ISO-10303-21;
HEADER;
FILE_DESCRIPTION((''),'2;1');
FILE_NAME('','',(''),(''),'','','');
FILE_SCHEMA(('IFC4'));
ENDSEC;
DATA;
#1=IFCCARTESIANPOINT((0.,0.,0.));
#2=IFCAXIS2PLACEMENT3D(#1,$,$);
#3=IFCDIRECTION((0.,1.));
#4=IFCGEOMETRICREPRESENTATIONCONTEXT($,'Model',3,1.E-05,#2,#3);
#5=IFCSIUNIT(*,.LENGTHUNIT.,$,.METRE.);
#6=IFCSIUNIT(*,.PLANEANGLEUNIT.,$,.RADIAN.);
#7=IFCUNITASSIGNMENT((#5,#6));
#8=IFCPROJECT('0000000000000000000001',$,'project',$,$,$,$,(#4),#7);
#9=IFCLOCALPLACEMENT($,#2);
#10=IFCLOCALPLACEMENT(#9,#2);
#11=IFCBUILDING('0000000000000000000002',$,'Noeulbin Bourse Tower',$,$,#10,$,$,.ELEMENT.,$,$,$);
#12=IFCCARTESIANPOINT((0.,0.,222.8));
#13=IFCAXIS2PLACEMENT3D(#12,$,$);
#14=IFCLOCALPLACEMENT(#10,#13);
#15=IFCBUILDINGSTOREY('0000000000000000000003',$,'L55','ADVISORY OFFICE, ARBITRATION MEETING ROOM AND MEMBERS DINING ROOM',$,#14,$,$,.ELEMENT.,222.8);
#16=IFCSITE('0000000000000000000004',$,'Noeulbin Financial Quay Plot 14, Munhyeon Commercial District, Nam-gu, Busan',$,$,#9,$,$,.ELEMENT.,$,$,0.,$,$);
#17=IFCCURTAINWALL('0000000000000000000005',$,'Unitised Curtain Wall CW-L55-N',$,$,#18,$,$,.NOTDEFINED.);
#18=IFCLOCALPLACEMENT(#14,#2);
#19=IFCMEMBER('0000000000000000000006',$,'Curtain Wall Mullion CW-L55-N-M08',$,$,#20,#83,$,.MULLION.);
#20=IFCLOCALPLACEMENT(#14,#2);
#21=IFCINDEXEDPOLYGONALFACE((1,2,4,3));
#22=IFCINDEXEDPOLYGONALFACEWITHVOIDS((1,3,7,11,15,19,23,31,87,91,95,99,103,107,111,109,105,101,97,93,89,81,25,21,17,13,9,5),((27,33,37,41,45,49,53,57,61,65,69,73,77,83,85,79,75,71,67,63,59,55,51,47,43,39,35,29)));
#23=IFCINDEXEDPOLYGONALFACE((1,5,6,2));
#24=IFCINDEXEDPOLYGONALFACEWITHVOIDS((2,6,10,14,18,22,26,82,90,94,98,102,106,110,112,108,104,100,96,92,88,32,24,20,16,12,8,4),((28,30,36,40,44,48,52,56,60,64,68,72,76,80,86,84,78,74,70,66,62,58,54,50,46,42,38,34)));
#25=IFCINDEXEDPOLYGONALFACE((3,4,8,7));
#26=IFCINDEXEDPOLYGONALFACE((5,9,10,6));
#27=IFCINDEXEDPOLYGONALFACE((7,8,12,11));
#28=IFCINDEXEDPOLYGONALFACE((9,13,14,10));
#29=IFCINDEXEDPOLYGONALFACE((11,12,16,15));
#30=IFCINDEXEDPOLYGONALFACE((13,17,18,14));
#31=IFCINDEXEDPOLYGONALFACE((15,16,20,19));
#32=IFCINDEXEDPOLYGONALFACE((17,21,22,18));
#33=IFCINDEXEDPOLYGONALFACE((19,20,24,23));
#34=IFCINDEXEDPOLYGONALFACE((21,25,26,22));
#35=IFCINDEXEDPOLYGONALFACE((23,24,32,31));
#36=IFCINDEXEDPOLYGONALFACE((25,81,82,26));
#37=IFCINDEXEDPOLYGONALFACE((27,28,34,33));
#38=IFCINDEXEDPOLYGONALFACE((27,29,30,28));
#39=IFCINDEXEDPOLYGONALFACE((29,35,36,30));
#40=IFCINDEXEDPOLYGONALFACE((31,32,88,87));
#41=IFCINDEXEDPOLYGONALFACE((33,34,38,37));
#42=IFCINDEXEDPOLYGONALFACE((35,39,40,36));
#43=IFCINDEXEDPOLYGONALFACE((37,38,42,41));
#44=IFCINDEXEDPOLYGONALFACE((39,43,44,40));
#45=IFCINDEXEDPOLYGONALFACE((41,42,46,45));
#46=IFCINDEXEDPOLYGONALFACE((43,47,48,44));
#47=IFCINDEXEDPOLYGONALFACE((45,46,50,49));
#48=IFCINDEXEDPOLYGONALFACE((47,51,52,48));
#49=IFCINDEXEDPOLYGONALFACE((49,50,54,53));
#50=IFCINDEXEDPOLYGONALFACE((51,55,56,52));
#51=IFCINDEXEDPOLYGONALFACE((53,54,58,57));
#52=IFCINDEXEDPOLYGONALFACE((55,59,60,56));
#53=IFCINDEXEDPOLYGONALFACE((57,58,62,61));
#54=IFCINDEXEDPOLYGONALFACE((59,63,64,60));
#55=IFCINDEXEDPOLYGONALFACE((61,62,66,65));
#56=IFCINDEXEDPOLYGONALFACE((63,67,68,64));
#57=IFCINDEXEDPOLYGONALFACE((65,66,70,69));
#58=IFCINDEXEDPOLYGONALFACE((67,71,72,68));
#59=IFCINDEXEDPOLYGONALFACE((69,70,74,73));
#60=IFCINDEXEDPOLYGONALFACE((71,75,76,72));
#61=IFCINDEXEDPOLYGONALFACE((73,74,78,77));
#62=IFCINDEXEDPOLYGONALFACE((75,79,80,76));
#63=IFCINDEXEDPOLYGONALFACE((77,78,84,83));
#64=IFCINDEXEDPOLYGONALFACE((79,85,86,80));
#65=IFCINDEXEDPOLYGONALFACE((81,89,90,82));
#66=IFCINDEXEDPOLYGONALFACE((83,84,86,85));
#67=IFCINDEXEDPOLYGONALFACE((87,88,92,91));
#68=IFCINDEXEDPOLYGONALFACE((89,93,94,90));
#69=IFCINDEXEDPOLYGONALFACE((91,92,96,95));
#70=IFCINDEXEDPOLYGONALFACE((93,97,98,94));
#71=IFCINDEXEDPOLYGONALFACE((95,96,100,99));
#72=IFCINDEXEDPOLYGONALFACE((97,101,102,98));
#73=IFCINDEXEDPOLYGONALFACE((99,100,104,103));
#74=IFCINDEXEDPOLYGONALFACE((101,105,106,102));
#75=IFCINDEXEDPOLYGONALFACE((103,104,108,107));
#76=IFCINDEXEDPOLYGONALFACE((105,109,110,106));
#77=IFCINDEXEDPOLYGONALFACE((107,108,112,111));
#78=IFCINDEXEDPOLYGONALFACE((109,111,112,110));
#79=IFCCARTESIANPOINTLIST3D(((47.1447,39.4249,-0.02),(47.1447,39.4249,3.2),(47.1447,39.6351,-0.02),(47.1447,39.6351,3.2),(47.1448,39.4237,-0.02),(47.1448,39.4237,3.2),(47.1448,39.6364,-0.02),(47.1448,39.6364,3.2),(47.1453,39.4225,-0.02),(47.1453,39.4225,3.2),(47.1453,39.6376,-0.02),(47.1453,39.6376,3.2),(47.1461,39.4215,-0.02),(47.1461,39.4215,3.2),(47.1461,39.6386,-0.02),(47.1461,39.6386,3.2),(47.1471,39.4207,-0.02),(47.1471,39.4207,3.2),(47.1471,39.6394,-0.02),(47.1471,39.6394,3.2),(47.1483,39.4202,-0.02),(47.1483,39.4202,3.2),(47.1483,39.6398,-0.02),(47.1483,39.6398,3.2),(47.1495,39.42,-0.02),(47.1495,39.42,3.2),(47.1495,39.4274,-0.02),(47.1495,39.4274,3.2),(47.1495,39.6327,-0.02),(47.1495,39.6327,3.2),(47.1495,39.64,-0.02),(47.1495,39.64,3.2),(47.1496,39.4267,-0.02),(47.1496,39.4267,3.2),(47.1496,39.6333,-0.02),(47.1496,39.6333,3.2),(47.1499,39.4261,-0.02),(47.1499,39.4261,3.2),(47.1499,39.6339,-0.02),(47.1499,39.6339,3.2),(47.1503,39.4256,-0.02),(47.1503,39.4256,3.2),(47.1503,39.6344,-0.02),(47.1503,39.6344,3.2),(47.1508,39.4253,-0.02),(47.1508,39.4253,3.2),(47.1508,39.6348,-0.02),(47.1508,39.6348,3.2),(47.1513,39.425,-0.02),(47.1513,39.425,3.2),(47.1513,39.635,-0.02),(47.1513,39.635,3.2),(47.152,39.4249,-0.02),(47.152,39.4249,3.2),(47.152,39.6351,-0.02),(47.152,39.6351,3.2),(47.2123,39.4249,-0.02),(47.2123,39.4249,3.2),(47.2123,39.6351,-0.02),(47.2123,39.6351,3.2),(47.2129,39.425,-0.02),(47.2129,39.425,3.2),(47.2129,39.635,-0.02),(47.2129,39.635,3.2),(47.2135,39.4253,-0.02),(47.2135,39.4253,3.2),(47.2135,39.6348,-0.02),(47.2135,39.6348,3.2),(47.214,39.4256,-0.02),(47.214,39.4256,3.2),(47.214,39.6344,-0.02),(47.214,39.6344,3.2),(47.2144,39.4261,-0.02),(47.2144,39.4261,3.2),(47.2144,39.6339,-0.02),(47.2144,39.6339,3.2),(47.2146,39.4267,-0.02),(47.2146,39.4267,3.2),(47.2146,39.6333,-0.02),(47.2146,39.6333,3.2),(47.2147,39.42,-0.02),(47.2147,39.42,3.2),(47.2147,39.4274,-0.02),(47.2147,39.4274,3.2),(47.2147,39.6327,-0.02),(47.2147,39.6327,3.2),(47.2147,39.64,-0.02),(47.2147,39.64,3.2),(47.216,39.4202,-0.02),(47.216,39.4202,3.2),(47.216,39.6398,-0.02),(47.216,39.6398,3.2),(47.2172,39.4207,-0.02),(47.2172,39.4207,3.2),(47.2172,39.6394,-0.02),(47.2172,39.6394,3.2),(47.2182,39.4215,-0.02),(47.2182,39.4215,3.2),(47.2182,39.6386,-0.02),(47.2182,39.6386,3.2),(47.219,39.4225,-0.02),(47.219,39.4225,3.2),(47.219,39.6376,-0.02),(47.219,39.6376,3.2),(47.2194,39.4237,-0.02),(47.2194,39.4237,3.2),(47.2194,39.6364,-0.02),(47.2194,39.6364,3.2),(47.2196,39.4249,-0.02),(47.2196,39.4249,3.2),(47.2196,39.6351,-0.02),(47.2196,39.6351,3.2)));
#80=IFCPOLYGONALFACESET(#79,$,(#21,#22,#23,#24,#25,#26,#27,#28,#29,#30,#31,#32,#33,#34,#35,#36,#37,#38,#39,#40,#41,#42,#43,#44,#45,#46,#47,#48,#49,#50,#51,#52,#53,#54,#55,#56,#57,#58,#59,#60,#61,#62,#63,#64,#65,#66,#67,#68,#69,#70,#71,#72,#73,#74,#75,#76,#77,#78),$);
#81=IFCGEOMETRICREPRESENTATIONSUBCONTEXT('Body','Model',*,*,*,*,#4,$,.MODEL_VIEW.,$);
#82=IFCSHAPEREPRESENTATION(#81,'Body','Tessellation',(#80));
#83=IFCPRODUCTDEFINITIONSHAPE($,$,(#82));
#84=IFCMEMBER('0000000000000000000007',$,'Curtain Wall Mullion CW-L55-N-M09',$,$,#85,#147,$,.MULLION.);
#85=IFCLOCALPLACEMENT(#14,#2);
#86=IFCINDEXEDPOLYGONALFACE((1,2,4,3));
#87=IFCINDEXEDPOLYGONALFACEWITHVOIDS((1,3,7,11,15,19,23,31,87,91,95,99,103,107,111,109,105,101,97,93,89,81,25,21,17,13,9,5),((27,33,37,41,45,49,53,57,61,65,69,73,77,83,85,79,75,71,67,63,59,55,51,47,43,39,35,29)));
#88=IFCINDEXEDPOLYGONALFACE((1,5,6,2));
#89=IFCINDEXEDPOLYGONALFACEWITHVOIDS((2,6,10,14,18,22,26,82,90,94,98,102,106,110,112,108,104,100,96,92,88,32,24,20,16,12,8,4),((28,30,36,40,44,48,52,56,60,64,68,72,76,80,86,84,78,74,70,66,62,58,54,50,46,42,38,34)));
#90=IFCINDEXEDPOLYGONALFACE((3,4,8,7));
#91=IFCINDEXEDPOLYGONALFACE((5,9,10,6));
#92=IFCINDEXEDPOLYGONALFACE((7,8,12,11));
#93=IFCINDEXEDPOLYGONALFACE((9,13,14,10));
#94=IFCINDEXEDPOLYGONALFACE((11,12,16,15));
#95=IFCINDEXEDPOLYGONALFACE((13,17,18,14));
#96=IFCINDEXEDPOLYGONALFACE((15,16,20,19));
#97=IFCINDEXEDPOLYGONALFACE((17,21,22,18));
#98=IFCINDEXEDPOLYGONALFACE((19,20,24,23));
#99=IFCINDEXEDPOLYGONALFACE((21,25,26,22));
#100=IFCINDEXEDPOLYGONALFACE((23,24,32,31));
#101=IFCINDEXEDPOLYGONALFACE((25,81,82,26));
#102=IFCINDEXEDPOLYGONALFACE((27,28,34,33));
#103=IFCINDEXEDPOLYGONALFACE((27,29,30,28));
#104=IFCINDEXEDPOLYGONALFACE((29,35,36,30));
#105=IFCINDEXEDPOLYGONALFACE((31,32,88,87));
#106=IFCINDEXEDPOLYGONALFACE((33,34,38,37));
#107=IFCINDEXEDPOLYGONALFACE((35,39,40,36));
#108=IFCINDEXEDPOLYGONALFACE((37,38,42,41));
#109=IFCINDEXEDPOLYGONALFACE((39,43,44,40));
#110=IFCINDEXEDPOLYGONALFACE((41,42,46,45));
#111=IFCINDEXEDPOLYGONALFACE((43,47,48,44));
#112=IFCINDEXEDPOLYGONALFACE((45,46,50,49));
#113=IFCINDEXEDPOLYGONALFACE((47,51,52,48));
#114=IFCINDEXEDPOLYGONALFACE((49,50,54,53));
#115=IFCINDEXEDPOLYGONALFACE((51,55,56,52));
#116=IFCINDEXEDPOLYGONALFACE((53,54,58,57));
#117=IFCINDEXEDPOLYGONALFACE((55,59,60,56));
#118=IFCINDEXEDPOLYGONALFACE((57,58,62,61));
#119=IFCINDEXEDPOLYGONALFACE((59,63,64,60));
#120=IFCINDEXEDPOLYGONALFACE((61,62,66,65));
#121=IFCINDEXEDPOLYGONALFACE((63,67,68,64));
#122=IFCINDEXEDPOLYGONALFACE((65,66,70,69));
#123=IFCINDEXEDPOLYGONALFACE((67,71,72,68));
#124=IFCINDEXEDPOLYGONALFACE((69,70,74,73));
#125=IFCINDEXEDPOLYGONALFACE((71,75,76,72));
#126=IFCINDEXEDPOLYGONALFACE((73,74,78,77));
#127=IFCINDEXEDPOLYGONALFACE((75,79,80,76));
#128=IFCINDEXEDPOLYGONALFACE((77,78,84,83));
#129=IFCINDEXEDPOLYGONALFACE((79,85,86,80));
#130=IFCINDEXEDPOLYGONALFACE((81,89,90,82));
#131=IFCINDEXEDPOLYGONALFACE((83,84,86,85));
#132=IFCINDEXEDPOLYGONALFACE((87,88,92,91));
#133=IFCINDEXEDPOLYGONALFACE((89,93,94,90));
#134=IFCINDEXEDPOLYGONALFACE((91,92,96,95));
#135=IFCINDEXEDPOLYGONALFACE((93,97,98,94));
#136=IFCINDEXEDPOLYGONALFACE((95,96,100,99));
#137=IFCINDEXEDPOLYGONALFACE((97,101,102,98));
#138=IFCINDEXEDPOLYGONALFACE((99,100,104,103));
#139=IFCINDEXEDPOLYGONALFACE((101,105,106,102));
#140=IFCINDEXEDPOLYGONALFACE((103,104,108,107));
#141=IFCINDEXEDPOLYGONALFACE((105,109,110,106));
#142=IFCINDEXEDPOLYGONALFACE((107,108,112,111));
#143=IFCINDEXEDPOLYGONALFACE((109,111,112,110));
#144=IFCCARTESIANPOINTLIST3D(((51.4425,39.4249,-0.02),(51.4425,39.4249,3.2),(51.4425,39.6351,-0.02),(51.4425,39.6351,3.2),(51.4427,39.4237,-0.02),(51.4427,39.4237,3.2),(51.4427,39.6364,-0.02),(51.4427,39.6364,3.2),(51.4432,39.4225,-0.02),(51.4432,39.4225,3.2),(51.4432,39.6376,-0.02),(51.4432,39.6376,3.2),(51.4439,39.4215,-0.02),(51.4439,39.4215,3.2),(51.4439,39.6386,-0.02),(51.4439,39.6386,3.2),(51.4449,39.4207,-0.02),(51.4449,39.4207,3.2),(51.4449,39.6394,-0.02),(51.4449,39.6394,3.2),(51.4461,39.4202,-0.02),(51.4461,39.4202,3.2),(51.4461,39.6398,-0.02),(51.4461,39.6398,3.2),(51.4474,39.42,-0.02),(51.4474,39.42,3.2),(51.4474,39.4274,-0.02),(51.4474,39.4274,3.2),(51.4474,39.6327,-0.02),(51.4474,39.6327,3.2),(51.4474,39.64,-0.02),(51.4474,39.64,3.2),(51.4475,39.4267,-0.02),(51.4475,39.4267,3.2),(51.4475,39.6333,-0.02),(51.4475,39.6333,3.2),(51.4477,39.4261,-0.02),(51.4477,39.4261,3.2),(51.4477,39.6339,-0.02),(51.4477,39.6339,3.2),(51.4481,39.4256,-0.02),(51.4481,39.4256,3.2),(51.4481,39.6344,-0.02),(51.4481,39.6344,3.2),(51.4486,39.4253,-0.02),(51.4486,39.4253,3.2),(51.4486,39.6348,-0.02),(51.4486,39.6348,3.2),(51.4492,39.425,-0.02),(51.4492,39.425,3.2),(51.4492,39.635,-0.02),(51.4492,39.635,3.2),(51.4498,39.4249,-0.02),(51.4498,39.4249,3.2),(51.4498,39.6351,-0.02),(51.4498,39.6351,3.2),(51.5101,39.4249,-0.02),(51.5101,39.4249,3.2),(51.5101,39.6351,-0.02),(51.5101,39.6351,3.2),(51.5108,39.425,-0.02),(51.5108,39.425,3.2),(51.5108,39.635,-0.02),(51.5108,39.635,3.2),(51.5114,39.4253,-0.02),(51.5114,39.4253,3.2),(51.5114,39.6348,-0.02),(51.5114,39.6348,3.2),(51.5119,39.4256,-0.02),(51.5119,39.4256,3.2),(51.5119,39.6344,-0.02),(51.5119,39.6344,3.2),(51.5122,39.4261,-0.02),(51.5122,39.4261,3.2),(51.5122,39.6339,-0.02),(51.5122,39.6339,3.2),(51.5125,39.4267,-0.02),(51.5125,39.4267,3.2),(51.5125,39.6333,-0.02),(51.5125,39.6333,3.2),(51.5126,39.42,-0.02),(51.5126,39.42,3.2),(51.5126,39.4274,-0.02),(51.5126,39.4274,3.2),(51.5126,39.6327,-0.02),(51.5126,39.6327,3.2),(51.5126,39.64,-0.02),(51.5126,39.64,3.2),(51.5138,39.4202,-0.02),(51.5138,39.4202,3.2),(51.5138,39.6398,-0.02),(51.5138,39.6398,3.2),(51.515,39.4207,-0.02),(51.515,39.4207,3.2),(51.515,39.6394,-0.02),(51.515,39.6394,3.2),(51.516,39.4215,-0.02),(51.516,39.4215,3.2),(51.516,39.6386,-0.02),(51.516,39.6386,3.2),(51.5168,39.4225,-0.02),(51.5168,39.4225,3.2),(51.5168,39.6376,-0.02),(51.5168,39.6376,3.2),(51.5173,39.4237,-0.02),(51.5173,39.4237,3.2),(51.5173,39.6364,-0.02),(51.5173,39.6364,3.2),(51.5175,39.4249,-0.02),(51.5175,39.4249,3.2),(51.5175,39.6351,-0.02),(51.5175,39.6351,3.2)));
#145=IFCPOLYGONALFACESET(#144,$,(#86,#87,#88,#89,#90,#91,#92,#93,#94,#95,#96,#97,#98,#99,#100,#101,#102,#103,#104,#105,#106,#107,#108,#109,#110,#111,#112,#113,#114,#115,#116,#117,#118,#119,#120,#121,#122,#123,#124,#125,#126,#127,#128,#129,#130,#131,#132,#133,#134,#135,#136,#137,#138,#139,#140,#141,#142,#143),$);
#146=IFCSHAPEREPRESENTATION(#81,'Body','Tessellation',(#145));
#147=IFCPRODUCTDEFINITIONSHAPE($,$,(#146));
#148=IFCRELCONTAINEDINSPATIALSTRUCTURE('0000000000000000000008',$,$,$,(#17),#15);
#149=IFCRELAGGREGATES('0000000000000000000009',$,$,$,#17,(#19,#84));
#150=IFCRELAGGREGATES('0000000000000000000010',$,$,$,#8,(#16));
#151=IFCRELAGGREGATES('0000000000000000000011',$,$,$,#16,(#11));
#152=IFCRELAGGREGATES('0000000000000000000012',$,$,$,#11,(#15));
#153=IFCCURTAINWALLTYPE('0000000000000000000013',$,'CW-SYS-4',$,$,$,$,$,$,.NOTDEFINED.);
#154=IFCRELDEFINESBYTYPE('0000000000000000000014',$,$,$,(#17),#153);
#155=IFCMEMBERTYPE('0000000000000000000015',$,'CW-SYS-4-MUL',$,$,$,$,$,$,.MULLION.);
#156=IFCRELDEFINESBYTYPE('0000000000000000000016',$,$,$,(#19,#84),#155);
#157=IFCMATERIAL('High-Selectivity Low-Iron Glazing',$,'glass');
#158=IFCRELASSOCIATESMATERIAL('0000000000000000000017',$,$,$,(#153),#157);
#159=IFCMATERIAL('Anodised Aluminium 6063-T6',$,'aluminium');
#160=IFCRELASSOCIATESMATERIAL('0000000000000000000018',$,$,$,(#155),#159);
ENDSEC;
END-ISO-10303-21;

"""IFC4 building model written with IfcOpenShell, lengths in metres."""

from ifc_helpers import new_model, si_unit, direction, frame, origin, origin_2d, place, context, subcontext, project, spatial, hollow_rectangle, extrude, material, material_profile, profile_set, type_object, element, aggregate, save


model = new_model("IFC4")

# Units and contexts
model_context = context("Model", 3, precision=1e-05, world=origin(), true_north=direction((0.0, 1.0)))
body_context = subcontext(model_context, "Body", "Model", "MODEL_VIEW")
ifc_project = project(units=[si_unit("LENGTHUNIT", "METRE"), si_unit("PLANEANGLEUNIT", "RADIAN")], contexts=[model_context])

# Site, building, storey
site_placement = place(None, origin())
site = spatial("IfcSite", under=ifc_project, at=site_placement, Name="Noeulbin Financial Quay Plot 14, Munhyeon Commercial District, Nam-gu, Busan", CompositionType="ELEMENT", RefElevation=0.0)
building_placement = place(site_placement, origin())
building = spatial("IfcBuilding", under=site, at=building_placement, Name="Noeulbin Bourse Tower", CompositionType="ELEMENT")
storey_placement = place(building_placement, frame((0.0, 0.0, 222.8)))
storey = spatial("IfcBuildingStorey", under=building, at=storey_placement, Name="L55", Description="ADVISORY OFFICE, ARBITRATION MEETING ROOM AND MEMBERS DINING ROOM", CompositionType="ELEMENT", Elevation=222.8)

# Curtain wall, members
ifc_material_1 = material(Name="High-Selectivity Low-Iron Glazing", Category="glass")
curtain_wall_type = type_object("IfcCurtainWallType", Name="CW-SYS-4", PredefinedType="NOTDEFINED", material=ifc_material_1)
curtain_wall_1_placement = place(storey_placement, origin())
curtain_wall_1 = element("IfcCurtainWall", 1, at=curtain_wall_1_placement, inside=storey, type_object=curtain_wall_type, Name="Unitised Curtain Wall CW-L55-N", PredefinedType="NOTDEFINED")
ifc_material_2 = material(Name="Anodised Aluminium 6063-T6", Category="aluminium")
ifc_material_profile_1 = material_profile(ifc_material_2, hollow_rectangle(XDim=0.075, YDim=0.22, WallThickness=0.0049, InnerFilletRadius=0.0024, OuterFilletRadius=0.0049, at=origin_2d()), Name="ALU-MULL-75x220x5", Category="LoadBearing")
ifc_profile_set_1 = profile_set([ifc_material_profile_1], Name="Anodised Aluminium 6063-T6")
member_type_1 = type_object("IfcMemberType", Name="CW-SYS-4-MUL", PredefinedType="MULLION", material=ifc_profile_set_1)
member_1_placement = place(storey_placement, frame((47.1821, 39.53, -0.02), z_axis=(0.0, 0.0, 1.0), x_axis=(1.0, 0.0, 0.0)))
member_1 = element("IfcMember", 2, at=member_1_placement, type_object=member_type_1, Name="Curtain Wall Mullion CW-L55-N-M08", PredefinedType="MULLION", context=body_context, shape_type="SweptSolid", body=[
    extrude(hollow_rectangle(XDim=0.075, YDim=0.22, WallThickness=0.0049, InnerFilletRadius=0.0024, OuterFilletRadius=0.0049, at=origin_2d()), origin(), (0.0, 0.0, 1.0), 3.22),
])
member_2_placement = place(storey_placement, frame((51.48, 39.53, -0.02), z_axis=(0.0, 0.0, 1.0), x_axis=(1.0, 0.0, 0.0)))
member_2 = element("IfcMember", 3, at=member_2_placement, type_object=member_type_1, Name="Curtain Wall Mullion CW-L55-N-M09", PredefinedType="MULLION", context=body_context, shape_type="SweptSolid", body=[
    extrude(hollow_rectangle(XDim=0.075, YDim=0.22, WallThickness=0.0049, InnerFilletRadius=0.0024, OuterFilletRadius=0.0049, at=origin_2d()), origin(), (0.0, 0.0, 1.0), 3.22),
])

aggregate(curtain_wall_1, [member_1, member_2])

save(model, "model.ifc")
